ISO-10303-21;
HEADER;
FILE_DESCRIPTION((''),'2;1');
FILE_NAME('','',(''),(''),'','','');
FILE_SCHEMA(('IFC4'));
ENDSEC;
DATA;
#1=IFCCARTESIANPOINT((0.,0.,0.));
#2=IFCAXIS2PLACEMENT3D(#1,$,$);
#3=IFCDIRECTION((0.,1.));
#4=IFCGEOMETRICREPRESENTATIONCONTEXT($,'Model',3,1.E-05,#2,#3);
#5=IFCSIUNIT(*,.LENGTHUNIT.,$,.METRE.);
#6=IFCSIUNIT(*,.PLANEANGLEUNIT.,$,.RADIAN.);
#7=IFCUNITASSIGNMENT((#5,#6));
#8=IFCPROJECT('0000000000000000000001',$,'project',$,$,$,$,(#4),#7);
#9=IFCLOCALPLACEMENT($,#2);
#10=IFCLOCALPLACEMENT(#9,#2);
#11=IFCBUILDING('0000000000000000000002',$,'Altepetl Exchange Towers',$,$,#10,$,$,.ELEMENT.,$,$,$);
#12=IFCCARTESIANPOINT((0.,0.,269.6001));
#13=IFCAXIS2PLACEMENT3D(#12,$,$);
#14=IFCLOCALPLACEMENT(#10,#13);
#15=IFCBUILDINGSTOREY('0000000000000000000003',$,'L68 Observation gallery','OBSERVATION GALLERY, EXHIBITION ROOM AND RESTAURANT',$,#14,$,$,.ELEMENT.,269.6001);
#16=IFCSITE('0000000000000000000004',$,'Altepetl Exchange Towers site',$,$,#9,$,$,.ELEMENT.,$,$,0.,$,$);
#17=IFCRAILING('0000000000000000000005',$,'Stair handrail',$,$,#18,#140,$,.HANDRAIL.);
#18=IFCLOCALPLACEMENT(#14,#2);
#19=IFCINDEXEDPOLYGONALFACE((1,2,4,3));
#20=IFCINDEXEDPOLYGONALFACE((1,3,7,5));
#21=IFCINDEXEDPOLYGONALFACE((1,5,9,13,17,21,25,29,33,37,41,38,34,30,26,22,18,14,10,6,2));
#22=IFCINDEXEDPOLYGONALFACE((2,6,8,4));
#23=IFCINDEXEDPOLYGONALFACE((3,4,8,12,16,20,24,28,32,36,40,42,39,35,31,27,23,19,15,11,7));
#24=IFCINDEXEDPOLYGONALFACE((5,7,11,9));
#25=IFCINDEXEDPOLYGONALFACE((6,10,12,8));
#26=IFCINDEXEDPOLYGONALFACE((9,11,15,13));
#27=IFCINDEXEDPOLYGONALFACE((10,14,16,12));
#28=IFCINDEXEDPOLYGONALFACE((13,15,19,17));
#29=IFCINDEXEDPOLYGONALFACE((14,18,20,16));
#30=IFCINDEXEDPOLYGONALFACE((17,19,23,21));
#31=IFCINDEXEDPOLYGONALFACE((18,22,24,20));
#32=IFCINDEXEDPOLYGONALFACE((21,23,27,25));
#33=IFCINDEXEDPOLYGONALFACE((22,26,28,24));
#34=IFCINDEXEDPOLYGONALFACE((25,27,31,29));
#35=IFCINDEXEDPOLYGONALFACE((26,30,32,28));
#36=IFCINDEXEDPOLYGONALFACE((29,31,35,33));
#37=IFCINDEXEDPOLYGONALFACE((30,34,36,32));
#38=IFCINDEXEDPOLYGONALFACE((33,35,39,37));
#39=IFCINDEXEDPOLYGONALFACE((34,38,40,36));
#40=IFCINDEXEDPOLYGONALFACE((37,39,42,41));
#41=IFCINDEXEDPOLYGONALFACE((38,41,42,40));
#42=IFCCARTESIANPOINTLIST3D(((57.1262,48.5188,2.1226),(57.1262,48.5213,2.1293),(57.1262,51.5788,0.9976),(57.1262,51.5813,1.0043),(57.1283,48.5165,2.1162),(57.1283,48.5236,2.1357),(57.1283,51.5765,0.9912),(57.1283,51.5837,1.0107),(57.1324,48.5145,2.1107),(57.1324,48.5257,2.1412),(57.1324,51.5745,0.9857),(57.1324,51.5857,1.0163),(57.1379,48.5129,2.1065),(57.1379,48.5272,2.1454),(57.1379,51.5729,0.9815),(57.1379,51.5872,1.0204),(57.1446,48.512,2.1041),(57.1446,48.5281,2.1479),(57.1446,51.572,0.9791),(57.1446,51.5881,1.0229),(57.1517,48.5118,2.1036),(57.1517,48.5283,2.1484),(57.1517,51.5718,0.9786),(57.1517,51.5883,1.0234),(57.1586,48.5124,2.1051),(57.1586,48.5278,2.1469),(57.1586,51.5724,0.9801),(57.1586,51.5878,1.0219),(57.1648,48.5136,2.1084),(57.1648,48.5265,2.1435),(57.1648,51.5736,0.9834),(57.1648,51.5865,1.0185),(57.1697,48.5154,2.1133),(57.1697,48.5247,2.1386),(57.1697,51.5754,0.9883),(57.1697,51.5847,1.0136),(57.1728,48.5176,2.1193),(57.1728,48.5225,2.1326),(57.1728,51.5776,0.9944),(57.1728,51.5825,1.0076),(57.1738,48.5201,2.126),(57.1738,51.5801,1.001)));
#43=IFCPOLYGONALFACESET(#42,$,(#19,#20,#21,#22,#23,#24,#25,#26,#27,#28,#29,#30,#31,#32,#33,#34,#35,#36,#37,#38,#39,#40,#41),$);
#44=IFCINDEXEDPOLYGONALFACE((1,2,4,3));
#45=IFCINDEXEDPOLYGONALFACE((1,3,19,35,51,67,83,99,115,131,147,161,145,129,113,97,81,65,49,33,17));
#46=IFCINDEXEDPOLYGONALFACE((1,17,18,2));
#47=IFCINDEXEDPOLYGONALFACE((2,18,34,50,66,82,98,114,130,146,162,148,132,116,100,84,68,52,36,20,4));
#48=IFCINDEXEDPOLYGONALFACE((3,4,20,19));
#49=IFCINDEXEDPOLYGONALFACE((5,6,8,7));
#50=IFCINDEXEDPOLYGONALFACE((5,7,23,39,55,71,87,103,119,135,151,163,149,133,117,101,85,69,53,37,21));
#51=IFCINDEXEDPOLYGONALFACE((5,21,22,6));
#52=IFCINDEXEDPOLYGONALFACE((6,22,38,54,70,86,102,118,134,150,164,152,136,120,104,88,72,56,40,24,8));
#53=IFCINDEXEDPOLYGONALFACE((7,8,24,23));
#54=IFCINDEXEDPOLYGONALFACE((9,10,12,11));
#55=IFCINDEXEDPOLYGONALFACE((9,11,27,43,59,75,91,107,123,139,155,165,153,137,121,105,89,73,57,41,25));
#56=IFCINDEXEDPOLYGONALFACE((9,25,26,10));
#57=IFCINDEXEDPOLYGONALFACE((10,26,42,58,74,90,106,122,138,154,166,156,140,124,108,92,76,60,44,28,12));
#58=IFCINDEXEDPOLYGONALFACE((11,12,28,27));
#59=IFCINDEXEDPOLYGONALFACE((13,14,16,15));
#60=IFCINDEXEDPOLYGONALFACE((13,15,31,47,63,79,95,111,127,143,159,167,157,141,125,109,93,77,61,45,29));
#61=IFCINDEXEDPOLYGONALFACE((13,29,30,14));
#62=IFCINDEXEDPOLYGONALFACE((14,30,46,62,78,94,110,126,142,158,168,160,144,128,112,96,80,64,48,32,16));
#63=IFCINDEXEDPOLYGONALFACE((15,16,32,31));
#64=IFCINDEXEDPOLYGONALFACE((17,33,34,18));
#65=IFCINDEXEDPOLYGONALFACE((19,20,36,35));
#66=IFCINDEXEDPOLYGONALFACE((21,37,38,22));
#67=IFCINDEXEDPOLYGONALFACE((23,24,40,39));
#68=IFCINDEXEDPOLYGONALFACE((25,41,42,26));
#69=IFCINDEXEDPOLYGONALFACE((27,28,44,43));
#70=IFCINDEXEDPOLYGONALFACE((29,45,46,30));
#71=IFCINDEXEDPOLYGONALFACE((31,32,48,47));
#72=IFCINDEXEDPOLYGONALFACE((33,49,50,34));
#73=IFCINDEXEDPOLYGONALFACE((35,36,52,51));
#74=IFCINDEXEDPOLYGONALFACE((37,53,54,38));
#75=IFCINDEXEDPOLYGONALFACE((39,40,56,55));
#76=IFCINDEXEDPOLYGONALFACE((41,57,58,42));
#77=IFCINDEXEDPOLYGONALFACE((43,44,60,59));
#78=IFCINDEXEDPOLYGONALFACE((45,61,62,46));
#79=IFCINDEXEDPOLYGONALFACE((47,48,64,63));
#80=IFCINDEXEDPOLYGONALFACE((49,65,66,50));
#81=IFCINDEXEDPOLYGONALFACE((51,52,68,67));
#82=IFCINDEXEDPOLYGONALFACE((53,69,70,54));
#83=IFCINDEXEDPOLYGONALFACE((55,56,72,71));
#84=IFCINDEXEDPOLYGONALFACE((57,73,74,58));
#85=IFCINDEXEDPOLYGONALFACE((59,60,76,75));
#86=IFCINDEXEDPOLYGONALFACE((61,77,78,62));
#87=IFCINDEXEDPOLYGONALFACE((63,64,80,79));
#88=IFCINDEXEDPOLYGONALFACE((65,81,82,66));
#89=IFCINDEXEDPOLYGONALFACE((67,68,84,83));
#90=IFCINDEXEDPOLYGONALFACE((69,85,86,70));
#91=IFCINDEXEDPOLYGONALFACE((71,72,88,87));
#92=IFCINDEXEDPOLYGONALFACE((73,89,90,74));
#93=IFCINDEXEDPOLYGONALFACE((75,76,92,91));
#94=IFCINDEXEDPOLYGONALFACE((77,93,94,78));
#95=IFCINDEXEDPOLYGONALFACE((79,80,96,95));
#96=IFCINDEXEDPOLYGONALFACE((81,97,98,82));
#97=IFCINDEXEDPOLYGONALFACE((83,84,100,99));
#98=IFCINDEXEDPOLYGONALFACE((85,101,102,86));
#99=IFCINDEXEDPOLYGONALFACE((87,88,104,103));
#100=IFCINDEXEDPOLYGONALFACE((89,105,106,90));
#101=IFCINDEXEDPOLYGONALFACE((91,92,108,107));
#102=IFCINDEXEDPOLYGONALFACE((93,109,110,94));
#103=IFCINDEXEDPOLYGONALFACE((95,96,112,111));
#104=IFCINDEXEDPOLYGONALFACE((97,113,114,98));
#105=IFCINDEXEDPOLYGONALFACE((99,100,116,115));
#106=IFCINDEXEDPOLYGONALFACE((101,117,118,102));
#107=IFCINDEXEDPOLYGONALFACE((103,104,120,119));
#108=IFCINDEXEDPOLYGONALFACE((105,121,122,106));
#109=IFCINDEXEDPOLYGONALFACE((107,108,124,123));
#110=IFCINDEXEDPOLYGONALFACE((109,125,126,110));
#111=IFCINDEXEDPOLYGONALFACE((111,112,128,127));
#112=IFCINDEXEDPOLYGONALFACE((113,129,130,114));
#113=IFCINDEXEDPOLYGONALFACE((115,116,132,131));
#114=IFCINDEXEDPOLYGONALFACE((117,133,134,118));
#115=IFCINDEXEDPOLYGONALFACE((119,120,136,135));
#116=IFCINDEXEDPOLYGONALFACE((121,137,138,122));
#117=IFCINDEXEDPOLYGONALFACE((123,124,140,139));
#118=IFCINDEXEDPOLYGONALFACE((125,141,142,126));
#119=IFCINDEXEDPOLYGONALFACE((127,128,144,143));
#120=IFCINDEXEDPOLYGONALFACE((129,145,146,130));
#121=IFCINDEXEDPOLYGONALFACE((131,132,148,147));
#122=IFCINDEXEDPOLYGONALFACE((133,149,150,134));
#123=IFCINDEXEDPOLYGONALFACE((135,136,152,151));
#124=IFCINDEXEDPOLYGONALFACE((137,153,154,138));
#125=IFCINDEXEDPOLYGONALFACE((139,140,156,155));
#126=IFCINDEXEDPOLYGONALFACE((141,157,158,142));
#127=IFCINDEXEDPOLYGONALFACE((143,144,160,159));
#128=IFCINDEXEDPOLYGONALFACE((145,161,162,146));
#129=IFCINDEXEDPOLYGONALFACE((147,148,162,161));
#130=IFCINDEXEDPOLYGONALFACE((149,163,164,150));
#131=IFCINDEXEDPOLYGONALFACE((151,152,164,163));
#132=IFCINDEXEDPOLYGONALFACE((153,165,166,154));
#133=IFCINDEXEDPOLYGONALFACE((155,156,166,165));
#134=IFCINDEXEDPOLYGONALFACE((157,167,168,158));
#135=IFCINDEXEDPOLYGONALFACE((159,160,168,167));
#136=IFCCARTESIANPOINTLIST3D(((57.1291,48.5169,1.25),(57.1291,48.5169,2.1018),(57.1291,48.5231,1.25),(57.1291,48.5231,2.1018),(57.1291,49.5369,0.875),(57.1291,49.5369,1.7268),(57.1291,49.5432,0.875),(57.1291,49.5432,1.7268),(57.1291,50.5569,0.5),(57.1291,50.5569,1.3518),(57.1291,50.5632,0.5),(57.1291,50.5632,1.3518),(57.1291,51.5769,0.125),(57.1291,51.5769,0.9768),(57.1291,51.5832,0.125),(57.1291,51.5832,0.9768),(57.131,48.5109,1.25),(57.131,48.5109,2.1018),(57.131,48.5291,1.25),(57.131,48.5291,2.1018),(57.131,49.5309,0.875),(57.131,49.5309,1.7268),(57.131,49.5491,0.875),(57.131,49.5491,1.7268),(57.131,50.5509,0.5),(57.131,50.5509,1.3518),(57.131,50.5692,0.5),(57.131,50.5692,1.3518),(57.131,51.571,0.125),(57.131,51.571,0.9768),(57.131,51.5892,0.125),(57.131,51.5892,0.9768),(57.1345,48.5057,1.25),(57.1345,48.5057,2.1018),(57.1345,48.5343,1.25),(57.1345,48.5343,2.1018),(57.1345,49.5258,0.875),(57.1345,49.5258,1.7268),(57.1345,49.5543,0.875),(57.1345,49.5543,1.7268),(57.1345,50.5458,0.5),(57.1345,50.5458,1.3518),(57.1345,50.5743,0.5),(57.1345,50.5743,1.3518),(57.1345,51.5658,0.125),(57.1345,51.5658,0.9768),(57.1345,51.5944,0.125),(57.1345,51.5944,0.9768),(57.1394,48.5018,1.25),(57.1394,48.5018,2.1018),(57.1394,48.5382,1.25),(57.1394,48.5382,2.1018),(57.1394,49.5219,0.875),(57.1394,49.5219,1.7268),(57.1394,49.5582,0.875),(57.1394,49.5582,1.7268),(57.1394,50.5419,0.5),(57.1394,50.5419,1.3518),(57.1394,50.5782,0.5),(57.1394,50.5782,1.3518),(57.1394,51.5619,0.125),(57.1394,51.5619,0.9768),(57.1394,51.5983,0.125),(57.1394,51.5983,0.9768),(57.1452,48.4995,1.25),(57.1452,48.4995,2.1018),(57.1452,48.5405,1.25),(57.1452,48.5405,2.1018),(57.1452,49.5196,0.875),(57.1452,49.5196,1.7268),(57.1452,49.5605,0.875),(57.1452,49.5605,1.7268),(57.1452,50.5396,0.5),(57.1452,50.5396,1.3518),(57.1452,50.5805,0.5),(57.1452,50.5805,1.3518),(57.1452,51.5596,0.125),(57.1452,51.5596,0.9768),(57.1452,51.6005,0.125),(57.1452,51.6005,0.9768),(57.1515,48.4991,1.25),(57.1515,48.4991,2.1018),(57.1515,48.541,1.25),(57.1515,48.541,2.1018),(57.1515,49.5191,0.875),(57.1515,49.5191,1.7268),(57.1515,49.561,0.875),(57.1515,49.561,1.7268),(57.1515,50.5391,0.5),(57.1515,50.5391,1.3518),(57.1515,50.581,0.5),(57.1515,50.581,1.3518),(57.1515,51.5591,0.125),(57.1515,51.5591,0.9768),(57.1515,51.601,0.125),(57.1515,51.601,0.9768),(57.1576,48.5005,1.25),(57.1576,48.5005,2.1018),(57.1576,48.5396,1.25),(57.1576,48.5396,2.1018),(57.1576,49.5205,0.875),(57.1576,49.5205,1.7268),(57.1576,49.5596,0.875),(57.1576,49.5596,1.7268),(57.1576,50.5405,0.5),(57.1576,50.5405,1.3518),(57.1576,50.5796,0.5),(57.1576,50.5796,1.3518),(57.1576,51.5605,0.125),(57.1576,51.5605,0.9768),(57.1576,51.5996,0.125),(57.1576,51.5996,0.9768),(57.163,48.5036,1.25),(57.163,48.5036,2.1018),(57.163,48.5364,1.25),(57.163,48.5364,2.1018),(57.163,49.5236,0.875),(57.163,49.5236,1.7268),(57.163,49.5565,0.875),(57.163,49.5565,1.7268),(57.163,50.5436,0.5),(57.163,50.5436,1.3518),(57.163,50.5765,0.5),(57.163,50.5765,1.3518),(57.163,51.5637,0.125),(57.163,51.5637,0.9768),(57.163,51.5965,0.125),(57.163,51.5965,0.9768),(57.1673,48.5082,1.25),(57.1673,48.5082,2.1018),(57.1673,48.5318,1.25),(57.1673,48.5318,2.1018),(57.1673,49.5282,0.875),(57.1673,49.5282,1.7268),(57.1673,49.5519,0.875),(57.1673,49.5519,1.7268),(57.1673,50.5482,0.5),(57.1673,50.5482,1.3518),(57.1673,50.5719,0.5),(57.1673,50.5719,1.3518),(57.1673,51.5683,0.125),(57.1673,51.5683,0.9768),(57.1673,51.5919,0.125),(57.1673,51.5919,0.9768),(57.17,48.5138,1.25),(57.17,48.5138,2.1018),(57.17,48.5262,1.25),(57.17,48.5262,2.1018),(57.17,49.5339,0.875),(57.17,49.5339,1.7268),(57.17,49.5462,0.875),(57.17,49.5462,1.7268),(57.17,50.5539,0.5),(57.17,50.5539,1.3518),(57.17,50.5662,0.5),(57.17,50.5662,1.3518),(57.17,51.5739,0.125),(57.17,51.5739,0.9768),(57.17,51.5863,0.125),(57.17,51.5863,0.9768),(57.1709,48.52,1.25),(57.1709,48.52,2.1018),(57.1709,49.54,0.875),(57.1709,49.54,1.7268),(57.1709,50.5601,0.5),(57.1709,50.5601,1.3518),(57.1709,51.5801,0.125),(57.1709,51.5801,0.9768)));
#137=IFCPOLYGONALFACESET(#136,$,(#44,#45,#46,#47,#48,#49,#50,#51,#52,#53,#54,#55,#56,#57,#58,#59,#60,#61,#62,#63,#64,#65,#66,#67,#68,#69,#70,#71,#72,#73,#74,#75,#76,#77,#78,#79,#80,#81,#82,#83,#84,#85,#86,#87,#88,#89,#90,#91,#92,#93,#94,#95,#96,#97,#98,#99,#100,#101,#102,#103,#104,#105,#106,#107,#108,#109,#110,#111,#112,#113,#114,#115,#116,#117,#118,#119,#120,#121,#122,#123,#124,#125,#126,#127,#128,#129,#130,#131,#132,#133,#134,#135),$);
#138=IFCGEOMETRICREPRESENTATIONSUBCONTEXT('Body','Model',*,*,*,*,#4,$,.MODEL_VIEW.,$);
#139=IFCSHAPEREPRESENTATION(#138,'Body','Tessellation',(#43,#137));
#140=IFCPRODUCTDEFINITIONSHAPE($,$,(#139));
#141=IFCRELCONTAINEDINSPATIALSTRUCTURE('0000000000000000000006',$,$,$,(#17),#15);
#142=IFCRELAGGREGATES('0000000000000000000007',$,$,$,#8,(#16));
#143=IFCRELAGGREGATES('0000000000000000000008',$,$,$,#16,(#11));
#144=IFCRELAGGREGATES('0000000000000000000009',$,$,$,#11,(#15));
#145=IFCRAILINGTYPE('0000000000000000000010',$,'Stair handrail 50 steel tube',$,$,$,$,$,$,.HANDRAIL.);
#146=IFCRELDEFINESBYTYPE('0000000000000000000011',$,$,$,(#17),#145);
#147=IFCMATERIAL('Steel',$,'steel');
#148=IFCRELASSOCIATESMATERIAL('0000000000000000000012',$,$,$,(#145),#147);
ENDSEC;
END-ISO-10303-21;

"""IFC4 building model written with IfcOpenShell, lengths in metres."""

from ifc_helpers import new_model, si_unit, direction, frame, origin, origin_2d, place, context, subcontext, project, spatial, circle, extrude, source, transform, mapped, material, type_object, element, save


model = new_model("IFC4")

# Units and contexts
model_context = context("Model", 3, precision=1e-05, world=origin(), true_north=direction((0.0, 1.0)))
body_context = subcontext(model_context, "Body", "Model", "MODEL_VIEW")
ifc_project = project(units=[si_unit("LENGTHUNIT", "METRE"), si_unit("PLANEANGLEUNIT", "RADIAN")], contexts=[model_context])

# Site, building, storey
site_placement = place(None, origin())
site = spatial("IfcSite", under=ifc_project, at=site_placement, Name="Altepetl Exchange Towers site", CompositionType="ELEMENT", RefElevation=0.0)
building_placement = place(site_placement, origin())
building = spatial("IfcBuilding", under=site, at=building_placement, Name="Altepetl Exchange Towers", CompositionType="ELEMENT")
storey_placement = place(building_placement, frame((0.0, 0.0, 269.6001)))
storey = spatial("IfcBuildingStorey", under=building, at=storey_placement, Name="L68 Observation gallery", Description="OBSERVATION GALLERY, EXHIBITION ROOM AND RESTAURANT", CompositionType="ELEMENT", Elevation=269.6001)

# Railing
ifc_material_1 = material(Name="Steel", Category="steel")
railing_type = type_object("IfcRailingType", Name="Stair handrail 50 steel tube", PredefinedType="HANDRAIL", material=ifc_material_1)
shared_shape = source(origin(), body_context, "Body", "SweptSolid", [
    extrude(circle(Radius=0.021, at=origin_2d()), origin(), (0.0, 0.0, 1.0), 0.8518),
])
for number, where, name in (
    (1, (57.1499, 51.5801, 0.125), "Stair handrail"),
):
    element("IfcRailing", number, at=place(storey_placement, frame(where)), inside=storey, type_object=railing_type, Name=name, PredefinedType="HANDRAIL", context=body_context, shape_type="SweptSolid", body=[
        extrude(circle(Radius=0.0239, at=origin_2d()), frame((0.0, 0.0, 0.876), z_axis=(0.0, -0.938581, 0.34506), x_axis=(1.0, 0.0, 0.0)), (0.0, 0.0, 1.0), 3.2603),
        mapped(shared_shape, transform((0.0, 0.0, 0.0))),
        mapped(shared_shape, transform((0.0, -1.02, 0.375))),
        mapped(shared_shape, transform((0.0, -2.04, 0.75))),
        mapped(shared_shape, transform((0.0, -3.0601, 1.125))),
    ])

save(model, "model.ifc")
